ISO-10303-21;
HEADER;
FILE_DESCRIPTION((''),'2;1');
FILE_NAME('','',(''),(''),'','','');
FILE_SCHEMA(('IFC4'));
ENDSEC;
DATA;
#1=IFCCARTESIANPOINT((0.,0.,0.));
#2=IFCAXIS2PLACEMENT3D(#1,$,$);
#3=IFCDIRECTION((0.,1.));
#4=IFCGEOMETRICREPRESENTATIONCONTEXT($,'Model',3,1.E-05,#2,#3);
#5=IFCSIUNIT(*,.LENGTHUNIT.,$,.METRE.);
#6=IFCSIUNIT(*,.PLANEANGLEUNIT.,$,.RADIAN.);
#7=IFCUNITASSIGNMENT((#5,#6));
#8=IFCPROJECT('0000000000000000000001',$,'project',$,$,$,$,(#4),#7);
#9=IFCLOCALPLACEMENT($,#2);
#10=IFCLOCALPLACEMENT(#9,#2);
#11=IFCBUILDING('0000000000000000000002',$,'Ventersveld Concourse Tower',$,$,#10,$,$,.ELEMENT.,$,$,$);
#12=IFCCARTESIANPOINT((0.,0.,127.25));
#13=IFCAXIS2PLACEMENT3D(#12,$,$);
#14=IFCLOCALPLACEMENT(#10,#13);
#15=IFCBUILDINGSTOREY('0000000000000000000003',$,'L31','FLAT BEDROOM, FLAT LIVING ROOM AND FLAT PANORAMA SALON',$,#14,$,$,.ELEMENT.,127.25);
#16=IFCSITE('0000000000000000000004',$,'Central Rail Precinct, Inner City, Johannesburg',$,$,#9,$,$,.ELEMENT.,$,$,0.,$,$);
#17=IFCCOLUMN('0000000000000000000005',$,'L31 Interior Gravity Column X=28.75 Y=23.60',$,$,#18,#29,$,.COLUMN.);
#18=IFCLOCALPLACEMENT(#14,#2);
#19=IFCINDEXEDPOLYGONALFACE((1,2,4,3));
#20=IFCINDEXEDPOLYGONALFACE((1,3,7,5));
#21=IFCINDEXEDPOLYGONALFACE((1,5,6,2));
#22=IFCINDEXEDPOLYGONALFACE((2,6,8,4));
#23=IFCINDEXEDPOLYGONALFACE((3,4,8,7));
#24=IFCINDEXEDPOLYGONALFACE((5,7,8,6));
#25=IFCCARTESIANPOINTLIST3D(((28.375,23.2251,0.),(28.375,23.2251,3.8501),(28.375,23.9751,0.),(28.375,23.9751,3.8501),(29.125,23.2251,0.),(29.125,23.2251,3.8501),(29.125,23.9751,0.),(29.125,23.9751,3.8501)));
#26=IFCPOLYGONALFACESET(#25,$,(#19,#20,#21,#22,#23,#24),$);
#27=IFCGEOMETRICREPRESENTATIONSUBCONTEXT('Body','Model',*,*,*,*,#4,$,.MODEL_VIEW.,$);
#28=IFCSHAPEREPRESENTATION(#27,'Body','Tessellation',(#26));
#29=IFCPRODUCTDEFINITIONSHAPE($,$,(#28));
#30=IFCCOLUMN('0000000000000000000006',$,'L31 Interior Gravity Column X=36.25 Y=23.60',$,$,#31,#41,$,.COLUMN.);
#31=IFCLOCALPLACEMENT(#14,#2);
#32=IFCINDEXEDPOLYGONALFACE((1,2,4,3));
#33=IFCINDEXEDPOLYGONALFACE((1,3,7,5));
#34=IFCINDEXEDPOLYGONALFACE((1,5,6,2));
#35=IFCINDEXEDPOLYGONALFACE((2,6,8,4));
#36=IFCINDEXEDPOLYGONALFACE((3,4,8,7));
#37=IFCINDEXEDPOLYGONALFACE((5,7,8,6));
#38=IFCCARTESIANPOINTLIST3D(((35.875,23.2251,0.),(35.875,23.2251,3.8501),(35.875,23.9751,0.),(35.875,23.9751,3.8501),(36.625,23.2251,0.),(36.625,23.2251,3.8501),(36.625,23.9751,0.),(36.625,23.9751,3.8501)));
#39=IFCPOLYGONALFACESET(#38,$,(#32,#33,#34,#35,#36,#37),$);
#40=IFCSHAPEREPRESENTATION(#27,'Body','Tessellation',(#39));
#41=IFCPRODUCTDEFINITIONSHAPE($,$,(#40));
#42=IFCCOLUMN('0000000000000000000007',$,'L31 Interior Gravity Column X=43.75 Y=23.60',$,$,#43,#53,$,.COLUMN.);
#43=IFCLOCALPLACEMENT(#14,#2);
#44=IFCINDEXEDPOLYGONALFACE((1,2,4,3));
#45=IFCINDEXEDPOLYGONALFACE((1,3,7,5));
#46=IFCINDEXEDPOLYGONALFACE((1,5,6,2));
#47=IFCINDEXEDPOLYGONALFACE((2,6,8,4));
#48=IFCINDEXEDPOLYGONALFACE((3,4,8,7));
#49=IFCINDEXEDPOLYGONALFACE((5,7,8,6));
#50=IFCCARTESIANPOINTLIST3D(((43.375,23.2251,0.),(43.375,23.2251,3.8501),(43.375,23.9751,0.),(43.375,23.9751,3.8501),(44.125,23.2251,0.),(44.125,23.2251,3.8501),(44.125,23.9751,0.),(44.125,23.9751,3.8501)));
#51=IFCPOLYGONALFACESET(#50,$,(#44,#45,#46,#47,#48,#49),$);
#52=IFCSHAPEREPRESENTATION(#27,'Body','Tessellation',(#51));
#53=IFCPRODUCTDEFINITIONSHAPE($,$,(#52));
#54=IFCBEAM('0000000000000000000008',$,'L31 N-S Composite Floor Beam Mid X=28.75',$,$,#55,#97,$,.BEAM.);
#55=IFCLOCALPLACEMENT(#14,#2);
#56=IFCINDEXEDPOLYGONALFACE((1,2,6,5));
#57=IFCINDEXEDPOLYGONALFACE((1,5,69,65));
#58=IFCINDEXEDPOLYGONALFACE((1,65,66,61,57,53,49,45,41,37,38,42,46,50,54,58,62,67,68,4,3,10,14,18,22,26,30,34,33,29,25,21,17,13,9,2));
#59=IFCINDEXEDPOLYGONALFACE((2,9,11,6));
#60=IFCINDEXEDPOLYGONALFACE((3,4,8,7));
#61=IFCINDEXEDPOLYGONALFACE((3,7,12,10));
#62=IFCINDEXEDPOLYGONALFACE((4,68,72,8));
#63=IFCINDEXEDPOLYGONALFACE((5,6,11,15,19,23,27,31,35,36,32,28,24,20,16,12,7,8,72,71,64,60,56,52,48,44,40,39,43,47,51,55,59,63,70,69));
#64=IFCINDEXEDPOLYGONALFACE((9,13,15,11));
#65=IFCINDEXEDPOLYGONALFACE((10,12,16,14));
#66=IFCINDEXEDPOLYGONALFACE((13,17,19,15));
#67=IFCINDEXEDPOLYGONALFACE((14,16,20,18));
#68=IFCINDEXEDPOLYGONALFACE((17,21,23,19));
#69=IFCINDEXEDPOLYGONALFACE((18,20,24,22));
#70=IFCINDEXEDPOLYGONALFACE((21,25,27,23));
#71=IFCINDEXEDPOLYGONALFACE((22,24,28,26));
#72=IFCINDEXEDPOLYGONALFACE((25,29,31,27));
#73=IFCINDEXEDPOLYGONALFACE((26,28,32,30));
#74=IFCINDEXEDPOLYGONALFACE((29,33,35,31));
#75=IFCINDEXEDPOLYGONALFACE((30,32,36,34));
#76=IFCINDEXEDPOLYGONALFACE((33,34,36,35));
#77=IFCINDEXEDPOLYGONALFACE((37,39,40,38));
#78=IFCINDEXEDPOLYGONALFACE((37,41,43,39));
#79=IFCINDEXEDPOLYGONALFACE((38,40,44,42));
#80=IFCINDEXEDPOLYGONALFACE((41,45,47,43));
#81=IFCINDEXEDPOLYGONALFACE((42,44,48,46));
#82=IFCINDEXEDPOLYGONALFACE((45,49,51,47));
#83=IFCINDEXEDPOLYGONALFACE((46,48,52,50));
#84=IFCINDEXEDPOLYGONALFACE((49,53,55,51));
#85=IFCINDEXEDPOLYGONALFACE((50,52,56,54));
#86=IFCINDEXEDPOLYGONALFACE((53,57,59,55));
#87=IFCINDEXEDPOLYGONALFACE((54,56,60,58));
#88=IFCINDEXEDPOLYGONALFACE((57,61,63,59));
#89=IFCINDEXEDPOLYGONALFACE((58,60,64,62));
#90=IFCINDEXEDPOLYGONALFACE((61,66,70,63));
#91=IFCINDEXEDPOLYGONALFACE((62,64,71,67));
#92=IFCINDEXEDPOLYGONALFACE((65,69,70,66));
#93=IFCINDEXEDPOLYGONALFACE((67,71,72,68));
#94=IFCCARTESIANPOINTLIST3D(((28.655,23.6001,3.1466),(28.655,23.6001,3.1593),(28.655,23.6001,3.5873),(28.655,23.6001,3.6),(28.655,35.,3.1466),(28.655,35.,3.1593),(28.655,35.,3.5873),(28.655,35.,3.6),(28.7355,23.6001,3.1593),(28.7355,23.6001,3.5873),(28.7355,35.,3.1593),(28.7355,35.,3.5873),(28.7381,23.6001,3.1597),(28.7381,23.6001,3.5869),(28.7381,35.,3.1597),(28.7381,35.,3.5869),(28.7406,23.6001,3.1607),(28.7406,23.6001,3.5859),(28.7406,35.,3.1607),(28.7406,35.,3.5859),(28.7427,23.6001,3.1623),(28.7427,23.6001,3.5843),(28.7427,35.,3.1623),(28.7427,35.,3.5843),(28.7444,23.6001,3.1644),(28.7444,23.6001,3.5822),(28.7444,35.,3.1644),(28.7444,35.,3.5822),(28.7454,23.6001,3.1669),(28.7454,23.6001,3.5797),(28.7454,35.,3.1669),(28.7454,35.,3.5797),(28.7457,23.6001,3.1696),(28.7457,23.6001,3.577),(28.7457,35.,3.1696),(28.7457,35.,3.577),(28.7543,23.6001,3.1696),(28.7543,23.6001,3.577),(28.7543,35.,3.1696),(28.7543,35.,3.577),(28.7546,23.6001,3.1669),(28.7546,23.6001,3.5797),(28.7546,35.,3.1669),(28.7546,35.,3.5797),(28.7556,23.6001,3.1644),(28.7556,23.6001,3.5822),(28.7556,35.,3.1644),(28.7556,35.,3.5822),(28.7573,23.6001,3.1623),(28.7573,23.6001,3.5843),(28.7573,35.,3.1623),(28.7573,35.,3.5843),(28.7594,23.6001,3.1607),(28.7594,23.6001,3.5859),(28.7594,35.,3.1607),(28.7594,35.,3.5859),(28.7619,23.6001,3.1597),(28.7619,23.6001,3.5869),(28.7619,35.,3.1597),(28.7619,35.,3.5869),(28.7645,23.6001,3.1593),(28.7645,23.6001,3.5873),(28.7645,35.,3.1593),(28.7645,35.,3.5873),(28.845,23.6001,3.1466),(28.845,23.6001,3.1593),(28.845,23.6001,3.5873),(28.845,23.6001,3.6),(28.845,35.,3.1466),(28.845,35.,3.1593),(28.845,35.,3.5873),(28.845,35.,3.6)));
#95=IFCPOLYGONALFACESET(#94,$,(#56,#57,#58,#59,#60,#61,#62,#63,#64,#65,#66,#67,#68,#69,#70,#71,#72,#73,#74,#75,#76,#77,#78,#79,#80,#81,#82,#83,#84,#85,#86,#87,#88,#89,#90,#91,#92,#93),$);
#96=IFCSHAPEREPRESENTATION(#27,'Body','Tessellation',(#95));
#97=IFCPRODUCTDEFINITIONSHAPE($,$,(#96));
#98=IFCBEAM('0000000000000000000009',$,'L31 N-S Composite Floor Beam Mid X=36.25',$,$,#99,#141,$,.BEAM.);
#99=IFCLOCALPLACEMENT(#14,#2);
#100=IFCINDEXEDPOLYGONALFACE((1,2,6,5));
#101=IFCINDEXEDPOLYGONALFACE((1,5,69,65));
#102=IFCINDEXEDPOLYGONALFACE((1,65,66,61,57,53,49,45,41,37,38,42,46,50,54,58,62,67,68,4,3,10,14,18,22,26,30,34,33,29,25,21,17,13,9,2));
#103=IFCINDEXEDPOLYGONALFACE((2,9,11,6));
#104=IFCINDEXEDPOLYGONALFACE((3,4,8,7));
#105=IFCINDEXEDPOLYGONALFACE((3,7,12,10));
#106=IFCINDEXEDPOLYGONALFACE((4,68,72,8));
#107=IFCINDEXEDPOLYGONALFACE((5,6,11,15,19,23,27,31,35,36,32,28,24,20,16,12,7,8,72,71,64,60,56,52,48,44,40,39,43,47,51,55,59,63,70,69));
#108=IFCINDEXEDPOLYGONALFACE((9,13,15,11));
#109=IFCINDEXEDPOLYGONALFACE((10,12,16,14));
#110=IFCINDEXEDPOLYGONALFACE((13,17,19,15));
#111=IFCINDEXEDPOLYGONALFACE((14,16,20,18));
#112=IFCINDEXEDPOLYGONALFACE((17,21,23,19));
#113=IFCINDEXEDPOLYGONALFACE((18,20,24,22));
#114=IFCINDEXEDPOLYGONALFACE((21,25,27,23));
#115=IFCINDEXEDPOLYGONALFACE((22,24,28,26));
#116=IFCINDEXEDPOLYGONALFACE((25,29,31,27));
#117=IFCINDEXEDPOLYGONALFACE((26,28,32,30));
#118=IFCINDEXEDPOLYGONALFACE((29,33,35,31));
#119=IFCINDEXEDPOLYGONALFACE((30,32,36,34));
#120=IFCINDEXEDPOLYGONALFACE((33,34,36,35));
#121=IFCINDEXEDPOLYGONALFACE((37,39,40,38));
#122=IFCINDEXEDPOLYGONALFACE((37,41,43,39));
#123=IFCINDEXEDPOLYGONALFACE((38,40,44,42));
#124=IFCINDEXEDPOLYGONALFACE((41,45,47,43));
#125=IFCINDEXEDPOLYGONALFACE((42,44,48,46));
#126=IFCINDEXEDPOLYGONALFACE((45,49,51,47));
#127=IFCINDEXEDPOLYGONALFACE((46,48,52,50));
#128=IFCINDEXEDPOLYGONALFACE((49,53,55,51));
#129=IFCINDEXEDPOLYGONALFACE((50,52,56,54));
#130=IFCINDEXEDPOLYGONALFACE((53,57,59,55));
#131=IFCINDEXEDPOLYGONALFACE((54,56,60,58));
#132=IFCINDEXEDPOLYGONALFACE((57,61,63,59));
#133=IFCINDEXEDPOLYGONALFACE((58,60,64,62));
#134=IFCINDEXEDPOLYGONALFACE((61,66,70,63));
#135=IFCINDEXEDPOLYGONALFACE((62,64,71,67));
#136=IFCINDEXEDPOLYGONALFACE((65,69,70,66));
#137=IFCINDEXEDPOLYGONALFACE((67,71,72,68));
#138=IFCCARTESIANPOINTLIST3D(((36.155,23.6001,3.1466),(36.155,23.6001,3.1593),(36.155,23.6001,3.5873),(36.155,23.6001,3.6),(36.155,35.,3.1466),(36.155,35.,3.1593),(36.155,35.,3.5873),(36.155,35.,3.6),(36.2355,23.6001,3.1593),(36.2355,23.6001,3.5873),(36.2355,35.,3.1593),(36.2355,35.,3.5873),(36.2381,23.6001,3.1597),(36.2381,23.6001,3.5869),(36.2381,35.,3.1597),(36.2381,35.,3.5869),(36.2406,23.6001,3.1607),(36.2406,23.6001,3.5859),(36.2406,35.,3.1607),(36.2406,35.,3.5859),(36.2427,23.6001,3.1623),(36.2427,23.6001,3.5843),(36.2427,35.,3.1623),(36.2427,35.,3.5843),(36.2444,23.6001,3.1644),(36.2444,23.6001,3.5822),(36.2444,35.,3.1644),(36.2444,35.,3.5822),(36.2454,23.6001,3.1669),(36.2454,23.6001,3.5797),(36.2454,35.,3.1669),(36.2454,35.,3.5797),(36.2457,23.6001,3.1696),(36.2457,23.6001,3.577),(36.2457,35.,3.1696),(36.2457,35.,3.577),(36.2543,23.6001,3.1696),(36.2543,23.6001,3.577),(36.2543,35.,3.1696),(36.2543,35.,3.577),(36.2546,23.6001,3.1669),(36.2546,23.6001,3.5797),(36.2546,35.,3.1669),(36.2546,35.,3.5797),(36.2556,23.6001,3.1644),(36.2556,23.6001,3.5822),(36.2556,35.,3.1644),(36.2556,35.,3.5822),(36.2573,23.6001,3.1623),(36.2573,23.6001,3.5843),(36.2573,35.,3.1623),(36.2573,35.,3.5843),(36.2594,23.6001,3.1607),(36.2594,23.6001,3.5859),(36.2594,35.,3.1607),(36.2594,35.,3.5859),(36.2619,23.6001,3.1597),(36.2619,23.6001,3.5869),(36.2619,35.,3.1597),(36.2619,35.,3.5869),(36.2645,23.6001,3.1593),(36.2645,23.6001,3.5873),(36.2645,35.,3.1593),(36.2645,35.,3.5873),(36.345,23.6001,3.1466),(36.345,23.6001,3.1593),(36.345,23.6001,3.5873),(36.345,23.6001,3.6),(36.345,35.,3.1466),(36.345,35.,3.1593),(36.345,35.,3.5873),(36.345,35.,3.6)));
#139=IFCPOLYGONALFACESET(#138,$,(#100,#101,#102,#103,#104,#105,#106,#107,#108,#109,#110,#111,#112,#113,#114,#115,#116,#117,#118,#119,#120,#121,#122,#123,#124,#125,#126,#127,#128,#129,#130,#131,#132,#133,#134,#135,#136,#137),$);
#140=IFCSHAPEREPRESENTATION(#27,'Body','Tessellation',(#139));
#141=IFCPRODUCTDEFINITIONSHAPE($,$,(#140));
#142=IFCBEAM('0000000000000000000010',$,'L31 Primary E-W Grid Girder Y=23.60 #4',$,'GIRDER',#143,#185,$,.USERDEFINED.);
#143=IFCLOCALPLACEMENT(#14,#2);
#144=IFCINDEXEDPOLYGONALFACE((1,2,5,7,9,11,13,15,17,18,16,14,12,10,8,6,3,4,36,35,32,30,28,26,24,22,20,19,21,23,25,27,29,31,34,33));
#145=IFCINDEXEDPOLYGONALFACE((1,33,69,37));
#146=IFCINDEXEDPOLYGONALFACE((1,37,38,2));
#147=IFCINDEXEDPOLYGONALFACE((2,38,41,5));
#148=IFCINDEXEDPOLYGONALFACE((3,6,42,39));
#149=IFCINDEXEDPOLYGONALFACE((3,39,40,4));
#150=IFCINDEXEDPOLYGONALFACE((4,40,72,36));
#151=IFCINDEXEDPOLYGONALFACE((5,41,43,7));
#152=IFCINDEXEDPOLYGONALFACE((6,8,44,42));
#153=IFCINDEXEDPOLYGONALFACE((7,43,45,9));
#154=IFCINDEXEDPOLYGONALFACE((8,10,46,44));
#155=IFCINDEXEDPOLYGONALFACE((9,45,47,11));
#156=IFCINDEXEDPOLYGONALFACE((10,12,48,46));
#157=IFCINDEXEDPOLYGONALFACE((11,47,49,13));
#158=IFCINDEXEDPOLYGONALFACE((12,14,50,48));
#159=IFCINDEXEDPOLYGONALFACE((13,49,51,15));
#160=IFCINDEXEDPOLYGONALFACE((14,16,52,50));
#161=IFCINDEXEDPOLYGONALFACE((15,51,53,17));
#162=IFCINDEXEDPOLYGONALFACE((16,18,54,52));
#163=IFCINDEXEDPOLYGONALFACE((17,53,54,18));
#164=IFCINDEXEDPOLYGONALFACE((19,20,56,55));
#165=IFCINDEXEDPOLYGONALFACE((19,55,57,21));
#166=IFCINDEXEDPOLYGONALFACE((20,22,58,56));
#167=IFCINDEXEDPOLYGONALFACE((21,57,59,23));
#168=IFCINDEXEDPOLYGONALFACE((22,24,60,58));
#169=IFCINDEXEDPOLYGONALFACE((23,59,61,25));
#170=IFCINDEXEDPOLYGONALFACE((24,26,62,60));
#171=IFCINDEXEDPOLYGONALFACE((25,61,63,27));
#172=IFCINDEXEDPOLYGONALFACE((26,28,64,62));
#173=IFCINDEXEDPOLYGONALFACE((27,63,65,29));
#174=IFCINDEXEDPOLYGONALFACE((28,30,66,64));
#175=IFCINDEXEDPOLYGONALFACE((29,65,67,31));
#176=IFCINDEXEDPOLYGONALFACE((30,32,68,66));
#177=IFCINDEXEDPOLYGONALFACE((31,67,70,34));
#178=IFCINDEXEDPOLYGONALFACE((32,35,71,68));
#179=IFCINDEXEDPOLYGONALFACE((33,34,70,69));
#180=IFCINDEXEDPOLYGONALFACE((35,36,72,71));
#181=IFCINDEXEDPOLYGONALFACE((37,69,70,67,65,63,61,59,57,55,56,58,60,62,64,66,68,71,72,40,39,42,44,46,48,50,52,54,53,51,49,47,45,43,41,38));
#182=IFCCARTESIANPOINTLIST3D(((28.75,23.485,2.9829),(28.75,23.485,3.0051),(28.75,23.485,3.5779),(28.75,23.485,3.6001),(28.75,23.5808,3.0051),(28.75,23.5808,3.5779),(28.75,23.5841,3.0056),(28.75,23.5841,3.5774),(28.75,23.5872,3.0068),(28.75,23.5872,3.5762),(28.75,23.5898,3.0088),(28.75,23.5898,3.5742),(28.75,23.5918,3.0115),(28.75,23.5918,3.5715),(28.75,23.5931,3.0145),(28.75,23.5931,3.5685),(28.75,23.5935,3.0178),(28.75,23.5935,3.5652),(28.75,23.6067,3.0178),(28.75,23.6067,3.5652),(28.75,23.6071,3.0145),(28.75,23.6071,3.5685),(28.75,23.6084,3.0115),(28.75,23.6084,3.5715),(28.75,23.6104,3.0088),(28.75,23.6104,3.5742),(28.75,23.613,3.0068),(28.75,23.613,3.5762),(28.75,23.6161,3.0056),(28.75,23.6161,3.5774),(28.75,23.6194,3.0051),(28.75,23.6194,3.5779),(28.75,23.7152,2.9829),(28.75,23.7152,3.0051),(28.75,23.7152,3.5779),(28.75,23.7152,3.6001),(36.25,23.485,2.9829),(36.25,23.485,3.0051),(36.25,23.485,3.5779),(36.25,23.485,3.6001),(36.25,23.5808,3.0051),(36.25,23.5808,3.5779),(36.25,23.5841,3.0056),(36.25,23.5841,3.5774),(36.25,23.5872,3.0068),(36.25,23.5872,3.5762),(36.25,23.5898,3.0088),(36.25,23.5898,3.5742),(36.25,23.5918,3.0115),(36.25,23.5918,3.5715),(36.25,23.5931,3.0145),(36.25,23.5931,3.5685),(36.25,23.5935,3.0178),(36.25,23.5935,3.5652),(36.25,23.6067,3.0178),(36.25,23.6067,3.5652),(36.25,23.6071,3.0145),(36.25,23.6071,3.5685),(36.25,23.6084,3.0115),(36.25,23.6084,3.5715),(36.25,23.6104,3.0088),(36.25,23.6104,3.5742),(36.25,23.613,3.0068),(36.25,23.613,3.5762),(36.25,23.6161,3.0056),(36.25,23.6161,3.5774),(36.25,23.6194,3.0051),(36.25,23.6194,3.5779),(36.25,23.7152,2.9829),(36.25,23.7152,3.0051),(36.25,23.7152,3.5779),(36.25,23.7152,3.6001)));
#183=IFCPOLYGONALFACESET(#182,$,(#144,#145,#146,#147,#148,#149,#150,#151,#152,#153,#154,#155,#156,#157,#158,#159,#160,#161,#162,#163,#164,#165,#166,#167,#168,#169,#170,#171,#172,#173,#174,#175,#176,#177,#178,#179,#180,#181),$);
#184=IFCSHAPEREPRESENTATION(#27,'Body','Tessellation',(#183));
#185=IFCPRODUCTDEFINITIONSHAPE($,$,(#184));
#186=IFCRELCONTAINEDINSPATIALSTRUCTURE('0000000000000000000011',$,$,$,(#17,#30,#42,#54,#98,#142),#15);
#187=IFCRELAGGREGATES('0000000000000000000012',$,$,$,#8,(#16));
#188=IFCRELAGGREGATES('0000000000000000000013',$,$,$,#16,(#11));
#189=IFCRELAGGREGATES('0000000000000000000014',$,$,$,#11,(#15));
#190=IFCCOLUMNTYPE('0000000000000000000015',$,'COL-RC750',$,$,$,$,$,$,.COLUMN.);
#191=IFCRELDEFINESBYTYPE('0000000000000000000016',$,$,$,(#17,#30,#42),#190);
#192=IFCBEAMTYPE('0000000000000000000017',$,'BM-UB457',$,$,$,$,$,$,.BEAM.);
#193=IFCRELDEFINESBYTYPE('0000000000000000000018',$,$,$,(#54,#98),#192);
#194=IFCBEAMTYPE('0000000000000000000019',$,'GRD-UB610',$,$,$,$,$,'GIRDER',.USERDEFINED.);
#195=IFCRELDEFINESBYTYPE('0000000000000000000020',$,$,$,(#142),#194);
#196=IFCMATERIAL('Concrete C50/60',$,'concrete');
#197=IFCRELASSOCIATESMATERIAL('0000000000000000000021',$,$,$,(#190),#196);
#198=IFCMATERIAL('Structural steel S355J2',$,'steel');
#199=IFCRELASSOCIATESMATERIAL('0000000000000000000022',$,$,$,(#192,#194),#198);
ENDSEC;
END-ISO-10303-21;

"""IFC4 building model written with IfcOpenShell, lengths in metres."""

from ifc_helpers import new_model, si_unit, direction, frame, origin, origin_2d, place, context, subcontext, project, spatial, rectangle, i_section, extrude, material, material_profile, profile_set, type_object, element, save


model = new_model("IFC4")

# Units and contexts
model_context = context("Model", 3, precision=1e-05, world=origin(), true_north=direction((0.0, 1.0)))
body_context = subcontext(model_context, "Body", "Model", "MODEL_VIEW")
ifc_project = project(units=[si_unit("LENGTHUNIT", "METRE"), si_unit("PLANEANGLEUNIT", "RADIAN")], contexts=[model_context])

# Site, building, storey
site_placement = place(None, origin())
site = spatial("IfcSite", under=ifc_project, at=site_placement, Name="Central Rail Precinct, Inner City, Johannesburg", CompositionType="ELEMENT", RefElevation=0.0)
building_placement = place(site_placement, origin())
building = spatial("IfcBuilding", under=site, at=building_placement, Name="Ventersveld Concourse Tower", CompositionType="ELEMENT")
storey_placement = place(building_placement, frame((0.0, 0.0, 127.25)))
storey = spatial("IfcBuildingStorey", under=building, at=storey_placement, Name="L31", Description="FLAT BEDROOM, FLAT LIVING ROOM AND FLAT PANORAMA SALON", CompositionType="ELEMENT", Elevation=127.25)

# Columns
ifc_material_1 = material(Name="Concrete C50/60", Category="concrete")
ifc_material_profile_1 = material_profile(ifc_material_1, rectangle(XDim=0.75, YDim=0.75, at=origin_2d()), Name="RC 750x750")
ifc_profile_set_1 = profile_set([ifc_material_profile_1], Name="Concrete C50/60")
column_type = type_object("IfcColumnType", Name="COL-RC750", PredefinedType="COLUMN", material=ifc_profile_set_1)
for number, where, z_axis, x_axis, name in (
    (1, (28.75, 23.6001, 0.0), (0.0, 0.0, 1.0), (1.0, 0.0, 0.0), "L31 Interior Gravity Column X=28.75 Y=23.60"),
    (2, (36.25, 23.6001, 0.0), (0.0, 0.0, 1.0), (1.0, 0.0, 0.0), "L31 Interior Gravity Column X=36.25 Y=23.60"),
    (3, (43.75, 23.6001, 0.0), (0.0, 0.0, 1.0), (1.0, 0.0, 0.0), "L31 Interior Gravity Column X=43.75 Y=23.60"),
):
    element("IfcColumn", number, at=place(storey_placement, frame(where, z_axis=z_axis, x_axis=x_axis)), inside=storey, type_object=column_type, Name=name, PredefinedType="COLUMN", context=body_context, shape_type="SweptSolid", body=[
        extrude(rectangle(XDim=0.75, YDim=0.75, at=origin_2d()), origin(), (0.0, 0.0, 1.0), 3.8501),
    ])

# Beams
ifc_material_2 = material(Name="Structural steel S355J2", Category="steel")
ifc_material_profile_2 = material_profile(ifc_material_2, i_section(OverallWidth=0.1899, OverallDepth=0.4534, WebThickness=0.0085, FlangeThickness=0.0127, FilletRadius=0.0103, at=origin_2d()), Name="UB 457x191x67")
ifc_profile_set_2 = profile_set([ifc_material_profile_2], Name="Structural steel S355J2")
beam_type_1 = type_object("IfcBeamType", Name="BM-UB457", PredefinedType="BEAM", material=ifc_profile_set_2)
for number, where, z_axis, x_axis, name in (
    (4, (28.75, 23.6001, 3.3733), (0.0, 1.0, 0.0), (-1.0, 0.0, 0.0), "L31 N-S Composite Floor Beam Mid X=28.75"),
    (5, (36.25, 23.6001, 3.3733), (0.0, 1.0, 0.0), (-1.0, 0.0, 0.0), "L31 N-S Composite Floor Beam Mid X=36.25"),
):
    element("IfcBeam", number, at=place(storey_placement, frame(where, z_axis=z_axis, x_axis=x_axis)), inside=storey, type_object=beam_type_1, Name=name, PredefinedType="BEAM", context=body_context, shape_type="SweptSolid", body=[
        extrude(i_section(OverallWidth=0.1899, OverallDepth=0.4534, WebThickness=0.0085, FlangeThickness=0.0127, FilletRadius=0.0103, at=origin_2d()), origin(), (0.0, 0.0, 1.0), 11.3999),
    ])
ifc_material_profile_3 = material_profile(ifc_material_2, i_section(OverallWidth=0.2302, OverallDepth=0.6172, WebThickness=0.0132, FlangeThickness=0.0222, FilletRadius=0.0127, at=origin_2d()), Name="UB 610x229x140")
ifc_profile_set_3 = profile_set([ifc_material_profile_3], Name="Structural steel S355J2")
beam_type_2 = type_object("IfcBeamType", Name="GRD-UB610", ElementType="GIRDER", PredefinedType="USERDEFINED", material=ifc_profile_set_3)
for number, where, z_axis, x_axis, name in (
    (6, (28.75, 23.6001, 3.2915), (1.0, 0.0, 0.0), (0.0, 1.0, 0.0), "L31 Primary E-W Grid Girder Y=23.60 #4"),
):
    element("IfcBeam", number, at=place(storey_placement, frame(where, z_axis=z_axis, x_axis=x_axis)), inside=storey, type_object=beam_type_2, Name=name, ObjectType="GIRDER", PredefinedType="USERDEFINED", context=body_context, shape_type="SweptSolid", body=[
        extrude(i_section(OverallWidth=0.2302, OverallDepth=0.6172, WebThickness=0.0132, FlangeThickness=0.0222, FilletRadius=0.0127, at=origin_2d()), origin(), (0.0, 0.0, 1.0), 7.5),
    ])

save(model, "model.ifc")
